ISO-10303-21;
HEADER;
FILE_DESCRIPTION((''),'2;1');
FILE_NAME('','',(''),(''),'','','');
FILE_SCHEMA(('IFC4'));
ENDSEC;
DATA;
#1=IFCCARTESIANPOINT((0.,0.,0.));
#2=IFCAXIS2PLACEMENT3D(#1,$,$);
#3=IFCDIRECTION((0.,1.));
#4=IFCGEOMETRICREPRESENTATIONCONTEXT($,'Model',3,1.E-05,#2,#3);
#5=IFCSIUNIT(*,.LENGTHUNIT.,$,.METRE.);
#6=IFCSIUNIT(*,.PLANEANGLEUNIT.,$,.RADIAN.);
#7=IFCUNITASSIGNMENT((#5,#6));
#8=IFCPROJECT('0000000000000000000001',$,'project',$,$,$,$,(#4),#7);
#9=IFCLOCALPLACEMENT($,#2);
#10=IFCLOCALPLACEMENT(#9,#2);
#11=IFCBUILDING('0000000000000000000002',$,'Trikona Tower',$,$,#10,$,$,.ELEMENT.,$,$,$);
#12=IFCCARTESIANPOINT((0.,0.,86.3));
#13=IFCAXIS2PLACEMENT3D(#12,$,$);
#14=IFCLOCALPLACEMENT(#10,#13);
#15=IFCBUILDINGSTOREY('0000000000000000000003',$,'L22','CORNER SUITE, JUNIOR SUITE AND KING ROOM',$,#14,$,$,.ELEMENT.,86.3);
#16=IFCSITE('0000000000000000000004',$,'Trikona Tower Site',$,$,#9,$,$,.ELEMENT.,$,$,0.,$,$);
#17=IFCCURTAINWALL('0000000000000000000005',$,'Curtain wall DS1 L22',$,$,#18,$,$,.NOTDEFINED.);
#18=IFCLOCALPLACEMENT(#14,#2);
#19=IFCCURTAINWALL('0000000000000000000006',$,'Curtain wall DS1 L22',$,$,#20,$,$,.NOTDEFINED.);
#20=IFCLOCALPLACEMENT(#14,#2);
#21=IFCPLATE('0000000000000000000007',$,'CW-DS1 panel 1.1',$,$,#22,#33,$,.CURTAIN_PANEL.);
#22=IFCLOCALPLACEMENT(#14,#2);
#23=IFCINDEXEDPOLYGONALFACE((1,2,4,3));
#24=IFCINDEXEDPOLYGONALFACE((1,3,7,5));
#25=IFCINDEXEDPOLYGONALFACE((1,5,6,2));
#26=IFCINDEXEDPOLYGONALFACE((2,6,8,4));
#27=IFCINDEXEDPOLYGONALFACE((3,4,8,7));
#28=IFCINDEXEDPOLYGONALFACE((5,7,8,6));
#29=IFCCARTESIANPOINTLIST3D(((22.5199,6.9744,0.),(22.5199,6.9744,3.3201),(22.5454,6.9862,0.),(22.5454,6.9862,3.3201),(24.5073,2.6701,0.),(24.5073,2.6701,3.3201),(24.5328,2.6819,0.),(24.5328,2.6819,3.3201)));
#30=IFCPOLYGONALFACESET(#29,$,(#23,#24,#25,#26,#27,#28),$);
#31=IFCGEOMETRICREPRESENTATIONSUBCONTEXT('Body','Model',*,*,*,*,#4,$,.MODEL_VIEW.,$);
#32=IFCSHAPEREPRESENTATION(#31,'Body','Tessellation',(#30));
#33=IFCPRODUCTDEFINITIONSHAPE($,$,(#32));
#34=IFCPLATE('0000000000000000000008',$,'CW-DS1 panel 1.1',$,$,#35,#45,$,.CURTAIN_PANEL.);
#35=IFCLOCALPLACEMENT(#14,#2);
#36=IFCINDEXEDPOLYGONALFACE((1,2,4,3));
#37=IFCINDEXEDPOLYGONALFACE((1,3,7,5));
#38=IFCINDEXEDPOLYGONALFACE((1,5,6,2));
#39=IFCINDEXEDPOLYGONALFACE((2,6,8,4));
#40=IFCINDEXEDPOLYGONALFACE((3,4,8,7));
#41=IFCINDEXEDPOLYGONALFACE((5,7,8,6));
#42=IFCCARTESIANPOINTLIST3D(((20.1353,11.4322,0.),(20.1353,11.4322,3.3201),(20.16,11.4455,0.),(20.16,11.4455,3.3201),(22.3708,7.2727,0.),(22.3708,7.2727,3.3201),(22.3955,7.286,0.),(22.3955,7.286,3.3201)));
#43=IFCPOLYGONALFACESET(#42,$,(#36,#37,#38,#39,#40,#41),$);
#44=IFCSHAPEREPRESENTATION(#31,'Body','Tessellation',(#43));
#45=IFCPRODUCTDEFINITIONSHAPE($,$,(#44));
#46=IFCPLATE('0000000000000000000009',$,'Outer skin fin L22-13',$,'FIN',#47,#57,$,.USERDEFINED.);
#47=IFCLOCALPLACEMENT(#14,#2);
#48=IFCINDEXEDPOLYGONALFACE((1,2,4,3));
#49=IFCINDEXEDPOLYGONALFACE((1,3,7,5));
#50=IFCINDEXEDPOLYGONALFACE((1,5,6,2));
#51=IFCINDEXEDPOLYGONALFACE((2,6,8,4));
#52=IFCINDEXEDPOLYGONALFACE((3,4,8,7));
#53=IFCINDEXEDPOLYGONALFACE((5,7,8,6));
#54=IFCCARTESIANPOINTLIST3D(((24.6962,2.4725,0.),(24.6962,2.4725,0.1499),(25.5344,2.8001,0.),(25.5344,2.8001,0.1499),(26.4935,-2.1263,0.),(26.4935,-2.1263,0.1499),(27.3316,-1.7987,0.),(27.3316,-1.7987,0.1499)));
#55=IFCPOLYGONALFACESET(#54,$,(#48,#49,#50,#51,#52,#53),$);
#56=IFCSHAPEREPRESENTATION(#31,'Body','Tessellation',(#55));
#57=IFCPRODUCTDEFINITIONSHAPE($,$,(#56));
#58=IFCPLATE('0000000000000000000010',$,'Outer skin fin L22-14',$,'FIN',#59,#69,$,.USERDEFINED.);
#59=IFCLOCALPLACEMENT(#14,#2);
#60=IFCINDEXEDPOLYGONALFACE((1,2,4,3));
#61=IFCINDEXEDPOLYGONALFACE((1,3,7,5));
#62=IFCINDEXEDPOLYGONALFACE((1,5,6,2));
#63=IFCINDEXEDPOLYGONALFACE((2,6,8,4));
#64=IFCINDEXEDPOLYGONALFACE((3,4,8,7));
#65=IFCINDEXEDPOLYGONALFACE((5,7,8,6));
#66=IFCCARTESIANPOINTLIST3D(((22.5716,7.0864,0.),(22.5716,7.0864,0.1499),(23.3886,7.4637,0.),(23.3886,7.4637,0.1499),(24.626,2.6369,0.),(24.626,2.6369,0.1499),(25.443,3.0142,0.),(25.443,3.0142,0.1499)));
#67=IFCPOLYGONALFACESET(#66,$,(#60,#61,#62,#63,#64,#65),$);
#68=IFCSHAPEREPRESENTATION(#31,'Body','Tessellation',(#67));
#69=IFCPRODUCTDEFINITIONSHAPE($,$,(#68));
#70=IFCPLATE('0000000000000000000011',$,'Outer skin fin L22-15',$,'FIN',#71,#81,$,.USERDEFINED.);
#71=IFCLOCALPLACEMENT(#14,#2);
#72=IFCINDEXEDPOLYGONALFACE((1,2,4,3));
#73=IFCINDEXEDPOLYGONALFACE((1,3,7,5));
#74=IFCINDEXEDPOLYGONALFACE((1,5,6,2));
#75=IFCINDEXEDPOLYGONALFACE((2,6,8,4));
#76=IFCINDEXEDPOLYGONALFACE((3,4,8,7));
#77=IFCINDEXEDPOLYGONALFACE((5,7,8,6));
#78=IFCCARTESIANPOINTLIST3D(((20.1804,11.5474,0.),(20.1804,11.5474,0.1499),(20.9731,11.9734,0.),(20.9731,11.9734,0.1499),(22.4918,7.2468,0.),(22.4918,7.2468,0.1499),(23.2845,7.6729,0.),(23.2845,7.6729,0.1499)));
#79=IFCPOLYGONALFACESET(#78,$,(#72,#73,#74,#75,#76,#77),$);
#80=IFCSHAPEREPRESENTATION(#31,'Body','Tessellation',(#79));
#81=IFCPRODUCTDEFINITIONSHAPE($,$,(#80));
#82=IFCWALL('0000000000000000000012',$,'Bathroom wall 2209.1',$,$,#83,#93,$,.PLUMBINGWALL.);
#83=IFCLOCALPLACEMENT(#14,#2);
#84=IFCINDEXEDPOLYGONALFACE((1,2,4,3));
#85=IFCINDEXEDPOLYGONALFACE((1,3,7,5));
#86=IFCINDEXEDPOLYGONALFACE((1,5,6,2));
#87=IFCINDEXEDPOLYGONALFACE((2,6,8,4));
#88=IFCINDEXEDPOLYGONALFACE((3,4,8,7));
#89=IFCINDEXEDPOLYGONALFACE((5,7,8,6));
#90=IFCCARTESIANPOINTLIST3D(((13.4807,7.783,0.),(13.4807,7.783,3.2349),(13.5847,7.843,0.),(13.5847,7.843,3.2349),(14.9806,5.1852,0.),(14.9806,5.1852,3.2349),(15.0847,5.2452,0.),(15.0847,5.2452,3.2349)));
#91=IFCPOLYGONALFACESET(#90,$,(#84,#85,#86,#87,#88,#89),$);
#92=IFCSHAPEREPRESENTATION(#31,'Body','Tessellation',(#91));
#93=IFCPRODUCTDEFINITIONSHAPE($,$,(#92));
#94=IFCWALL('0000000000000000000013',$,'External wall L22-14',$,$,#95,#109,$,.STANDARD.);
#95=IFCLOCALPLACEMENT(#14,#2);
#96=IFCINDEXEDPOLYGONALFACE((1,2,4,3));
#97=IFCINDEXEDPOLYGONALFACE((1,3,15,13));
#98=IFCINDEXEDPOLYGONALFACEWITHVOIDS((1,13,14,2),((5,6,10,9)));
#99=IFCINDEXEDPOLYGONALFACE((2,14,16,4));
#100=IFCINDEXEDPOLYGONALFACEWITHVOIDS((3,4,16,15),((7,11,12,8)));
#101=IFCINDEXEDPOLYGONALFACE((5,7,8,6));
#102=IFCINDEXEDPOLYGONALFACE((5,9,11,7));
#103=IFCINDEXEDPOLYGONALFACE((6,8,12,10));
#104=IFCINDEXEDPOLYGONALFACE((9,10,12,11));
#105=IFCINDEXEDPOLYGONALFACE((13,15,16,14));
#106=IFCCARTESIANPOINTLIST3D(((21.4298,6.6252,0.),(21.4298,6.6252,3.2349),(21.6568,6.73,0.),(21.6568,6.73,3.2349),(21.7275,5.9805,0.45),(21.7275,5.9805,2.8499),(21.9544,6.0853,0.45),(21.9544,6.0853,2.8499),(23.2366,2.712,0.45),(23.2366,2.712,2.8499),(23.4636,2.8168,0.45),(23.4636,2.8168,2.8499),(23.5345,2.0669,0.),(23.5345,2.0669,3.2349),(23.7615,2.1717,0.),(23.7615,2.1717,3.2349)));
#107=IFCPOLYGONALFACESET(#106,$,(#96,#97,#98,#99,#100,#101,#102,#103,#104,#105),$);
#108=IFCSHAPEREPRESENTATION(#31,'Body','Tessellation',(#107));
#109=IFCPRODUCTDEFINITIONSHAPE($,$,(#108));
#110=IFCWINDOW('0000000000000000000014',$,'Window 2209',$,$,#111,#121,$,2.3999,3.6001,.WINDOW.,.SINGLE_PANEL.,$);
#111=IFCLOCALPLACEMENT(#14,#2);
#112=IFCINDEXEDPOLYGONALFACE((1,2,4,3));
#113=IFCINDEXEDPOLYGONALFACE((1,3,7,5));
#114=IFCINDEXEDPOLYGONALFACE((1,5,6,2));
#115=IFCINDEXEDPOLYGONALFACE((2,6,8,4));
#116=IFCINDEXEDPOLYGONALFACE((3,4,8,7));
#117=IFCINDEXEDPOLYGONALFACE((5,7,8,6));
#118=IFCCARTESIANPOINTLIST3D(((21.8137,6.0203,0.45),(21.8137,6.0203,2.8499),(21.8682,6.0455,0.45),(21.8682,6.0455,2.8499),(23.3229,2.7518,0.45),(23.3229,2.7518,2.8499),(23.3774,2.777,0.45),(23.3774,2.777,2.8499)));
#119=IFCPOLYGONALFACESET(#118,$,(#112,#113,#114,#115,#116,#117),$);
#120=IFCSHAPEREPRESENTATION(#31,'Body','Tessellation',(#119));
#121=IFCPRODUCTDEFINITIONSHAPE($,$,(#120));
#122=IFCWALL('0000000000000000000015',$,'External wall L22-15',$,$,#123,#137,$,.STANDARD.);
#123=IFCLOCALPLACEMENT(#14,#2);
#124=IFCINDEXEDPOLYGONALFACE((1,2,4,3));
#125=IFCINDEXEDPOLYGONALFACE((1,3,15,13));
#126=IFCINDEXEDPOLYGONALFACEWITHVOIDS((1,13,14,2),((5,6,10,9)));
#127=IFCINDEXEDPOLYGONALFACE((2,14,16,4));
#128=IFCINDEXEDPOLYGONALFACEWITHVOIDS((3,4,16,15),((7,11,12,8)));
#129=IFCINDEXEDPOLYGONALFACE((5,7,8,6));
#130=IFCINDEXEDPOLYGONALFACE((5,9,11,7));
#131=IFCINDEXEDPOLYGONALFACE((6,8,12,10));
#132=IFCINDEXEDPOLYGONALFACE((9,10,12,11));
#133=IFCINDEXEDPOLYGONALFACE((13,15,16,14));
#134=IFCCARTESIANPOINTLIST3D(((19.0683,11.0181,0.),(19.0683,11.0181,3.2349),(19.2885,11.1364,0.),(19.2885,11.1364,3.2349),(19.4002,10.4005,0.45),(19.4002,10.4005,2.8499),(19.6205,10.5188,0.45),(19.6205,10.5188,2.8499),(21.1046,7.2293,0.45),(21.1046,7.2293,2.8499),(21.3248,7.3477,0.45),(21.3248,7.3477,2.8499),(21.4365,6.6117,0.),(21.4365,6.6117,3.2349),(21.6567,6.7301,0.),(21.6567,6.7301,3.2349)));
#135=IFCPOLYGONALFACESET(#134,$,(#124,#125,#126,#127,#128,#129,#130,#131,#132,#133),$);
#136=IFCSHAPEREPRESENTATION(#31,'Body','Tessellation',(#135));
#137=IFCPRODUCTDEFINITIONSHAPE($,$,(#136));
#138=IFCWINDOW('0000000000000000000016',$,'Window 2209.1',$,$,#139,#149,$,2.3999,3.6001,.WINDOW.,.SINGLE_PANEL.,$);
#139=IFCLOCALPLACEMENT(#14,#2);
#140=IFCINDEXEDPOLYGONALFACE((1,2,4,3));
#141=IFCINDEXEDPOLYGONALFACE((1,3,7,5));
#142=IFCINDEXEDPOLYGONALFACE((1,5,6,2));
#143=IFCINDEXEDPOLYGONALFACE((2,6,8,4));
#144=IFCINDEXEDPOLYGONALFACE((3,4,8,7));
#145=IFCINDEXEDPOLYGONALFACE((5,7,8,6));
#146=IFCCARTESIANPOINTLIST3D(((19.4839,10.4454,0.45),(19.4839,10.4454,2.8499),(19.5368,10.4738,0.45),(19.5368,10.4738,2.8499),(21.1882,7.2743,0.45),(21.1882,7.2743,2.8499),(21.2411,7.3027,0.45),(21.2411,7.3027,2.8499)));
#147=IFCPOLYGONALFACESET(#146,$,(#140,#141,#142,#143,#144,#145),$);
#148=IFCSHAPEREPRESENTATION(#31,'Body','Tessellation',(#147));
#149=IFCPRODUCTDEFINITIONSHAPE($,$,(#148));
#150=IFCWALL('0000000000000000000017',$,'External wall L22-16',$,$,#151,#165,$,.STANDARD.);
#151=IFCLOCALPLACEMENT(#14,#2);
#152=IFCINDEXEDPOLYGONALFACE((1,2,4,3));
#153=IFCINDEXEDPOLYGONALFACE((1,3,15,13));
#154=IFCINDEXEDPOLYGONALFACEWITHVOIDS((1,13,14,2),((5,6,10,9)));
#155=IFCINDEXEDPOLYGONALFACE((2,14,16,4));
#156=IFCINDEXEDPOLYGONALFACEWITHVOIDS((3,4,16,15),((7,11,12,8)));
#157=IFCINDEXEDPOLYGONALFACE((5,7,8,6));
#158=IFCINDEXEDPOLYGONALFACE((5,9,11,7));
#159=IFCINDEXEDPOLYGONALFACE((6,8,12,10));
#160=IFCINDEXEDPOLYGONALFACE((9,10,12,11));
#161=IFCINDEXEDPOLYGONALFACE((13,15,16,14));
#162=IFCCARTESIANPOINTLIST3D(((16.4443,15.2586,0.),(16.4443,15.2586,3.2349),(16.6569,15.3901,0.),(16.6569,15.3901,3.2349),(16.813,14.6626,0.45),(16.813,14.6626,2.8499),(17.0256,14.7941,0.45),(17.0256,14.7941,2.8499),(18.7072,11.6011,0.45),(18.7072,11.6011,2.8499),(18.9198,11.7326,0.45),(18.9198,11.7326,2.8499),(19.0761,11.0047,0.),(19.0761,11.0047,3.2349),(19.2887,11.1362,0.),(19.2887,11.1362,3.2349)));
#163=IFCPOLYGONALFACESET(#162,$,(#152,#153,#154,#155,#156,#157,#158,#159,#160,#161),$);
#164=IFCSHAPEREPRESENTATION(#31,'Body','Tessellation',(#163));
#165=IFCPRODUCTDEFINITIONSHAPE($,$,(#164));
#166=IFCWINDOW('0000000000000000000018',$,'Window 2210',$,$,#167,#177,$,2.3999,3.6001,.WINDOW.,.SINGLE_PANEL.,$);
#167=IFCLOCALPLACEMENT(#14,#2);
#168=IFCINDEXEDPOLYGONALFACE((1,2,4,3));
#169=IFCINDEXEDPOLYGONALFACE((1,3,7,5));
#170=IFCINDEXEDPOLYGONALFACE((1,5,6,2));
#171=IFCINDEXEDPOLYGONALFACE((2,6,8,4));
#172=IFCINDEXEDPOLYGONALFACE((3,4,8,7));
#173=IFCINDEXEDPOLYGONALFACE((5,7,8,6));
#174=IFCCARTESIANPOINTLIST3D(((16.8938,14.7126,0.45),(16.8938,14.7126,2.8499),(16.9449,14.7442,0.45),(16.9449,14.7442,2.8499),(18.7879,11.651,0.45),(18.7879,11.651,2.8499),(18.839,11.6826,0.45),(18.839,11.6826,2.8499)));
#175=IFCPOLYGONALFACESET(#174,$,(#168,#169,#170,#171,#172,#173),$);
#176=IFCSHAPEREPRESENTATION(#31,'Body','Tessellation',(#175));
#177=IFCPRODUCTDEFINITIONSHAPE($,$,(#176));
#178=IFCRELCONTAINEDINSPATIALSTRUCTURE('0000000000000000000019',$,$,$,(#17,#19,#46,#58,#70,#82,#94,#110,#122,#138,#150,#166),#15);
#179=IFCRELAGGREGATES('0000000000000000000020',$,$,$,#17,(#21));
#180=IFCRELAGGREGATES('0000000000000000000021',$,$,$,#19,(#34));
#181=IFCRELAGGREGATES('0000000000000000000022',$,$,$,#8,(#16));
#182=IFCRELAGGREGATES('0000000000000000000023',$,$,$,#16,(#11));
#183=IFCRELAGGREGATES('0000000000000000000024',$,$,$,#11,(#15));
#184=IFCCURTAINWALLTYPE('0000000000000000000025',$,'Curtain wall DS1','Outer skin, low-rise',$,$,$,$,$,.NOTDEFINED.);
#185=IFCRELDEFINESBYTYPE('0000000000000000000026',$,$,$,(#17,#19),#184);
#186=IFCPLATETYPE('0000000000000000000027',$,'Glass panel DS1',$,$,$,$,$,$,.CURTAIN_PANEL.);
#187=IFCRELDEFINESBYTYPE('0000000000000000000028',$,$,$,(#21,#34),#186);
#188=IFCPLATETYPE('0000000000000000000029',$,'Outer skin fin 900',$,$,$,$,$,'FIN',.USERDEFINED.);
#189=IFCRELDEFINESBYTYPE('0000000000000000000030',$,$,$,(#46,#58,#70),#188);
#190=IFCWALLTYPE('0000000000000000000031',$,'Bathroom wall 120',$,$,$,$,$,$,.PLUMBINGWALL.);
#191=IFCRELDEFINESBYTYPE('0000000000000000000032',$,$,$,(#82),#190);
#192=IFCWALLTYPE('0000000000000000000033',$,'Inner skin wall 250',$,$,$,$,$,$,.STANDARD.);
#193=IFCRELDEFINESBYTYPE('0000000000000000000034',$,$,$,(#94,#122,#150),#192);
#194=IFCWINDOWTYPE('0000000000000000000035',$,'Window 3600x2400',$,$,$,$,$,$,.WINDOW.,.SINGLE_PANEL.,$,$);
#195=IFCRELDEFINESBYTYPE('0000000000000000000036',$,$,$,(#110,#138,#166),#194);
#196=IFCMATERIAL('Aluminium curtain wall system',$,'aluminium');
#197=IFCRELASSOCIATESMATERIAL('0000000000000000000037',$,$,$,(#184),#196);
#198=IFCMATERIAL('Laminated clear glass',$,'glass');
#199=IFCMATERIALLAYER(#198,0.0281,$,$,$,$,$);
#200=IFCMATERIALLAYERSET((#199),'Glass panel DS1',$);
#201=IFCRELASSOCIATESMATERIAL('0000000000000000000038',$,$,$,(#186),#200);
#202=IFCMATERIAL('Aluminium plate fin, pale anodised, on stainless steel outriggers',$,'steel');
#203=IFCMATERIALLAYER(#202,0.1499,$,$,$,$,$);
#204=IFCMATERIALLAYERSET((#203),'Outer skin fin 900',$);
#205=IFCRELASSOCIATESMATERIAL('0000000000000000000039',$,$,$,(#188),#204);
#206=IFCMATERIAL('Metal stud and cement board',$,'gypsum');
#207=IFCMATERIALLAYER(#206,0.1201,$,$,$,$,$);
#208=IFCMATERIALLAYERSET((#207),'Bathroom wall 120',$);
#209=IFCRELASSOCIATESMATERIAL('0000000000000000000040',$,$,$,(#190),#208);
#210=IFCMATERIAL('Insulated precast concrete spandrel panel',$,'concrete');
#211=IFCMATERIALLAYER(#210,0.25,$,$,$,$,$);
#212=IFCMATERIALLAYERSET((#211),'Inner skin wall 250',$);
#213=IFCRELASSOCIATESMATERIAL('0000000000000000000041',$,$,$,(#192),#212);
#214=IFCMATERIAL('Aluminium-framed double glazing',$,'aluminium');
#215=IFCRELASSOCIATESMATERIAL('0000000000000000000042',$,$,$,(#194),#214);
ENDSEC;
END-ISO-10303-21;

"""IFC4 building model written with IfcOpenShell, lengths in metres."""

from ifc_helpers import new_model, si_unit, direction, frame, frame_2d, origin, origin_2d, place, context, subcontext, project, spatial, rectangle, extrude, material, layer, layer_set, type_object, element, fill, aggregate, save


model = new_model("IFC4")

# Units and contexts
model_context = context("Model", 3, precision=1e-05, world=origin(), true_north=direction((0.0, 1.0)))
body_context = subcontext(model_context, "Body", "Model", "MODEL_VIEW")
ifc_project = project(units=[si_unit("LENGTHUNIT", "METRE"), si_unit("PLANEANGLEUNIT", "RADIAN")], contexts=[model_context])

# Site, building, storey
site_placement = place(None, origin())
site = spatial("IfcSite", under=ifc_project, at=site_placement, Name="Trikona Tower Site", CompositionType="ELEMENT", RefElevation=0.0)
building_placement = place(site_placement, origin())
building = spatial("IfcBuilding", under=site, at=building_placement, Name="Trikona Tower", CompositionType="ELEMENT")
storey_placement = place(building_placement, frame((0.0, 0.0, 86.3)))
storey = spatial("IfcBuildingStorey", under=building, at=storey_placement, Name="L22", Description="CORNER SUITE, JUNIOR SUITE AND KING ROOM", CompositionType="ELEMENT", Elevation=86.3)

# Shared definitions
ifc_material_1 = material(Name="Aluminium curtain wall system", Category="aluminium")
curtain_wall_type = type_object("IfcCurtainWallType", Name="Curtain wall DS1", Description="Outer skin, low-rise", PredefinedType="NOTDEFINED", material=ifc_material_1)

# Curtain wall
curtain_wall_1_placement = place(storey_placement, origin())
curtain_wall_1 = element("IfcCurtainWall", 1, at=curtain_wall_1_placement, inside=storey, type_object=curtain_wall_type, Name="Curtain wall DS1 L22", PredefinedType="NOTDEFINED")

# Curtain wall
curtain_wall_2_placement = place(storey_placement, origin())
curtain_wall_2 = element("IfcCurtainWall", 2, at=curtain_wall_2_placement, inside=storey, type_object=curtain_wall_type, Name="Curtain wall DS1 L22", PredefinedType="NOTDEFINED")

# Plates
ifc_material_2 = material(Name="Laminated clear glass", Category="glass")
ifc_layer_1 = layer(ifc_material_2, 0.0281)
ifc_layer_set_1 = layer_set([ifc_layer_1], Name="Glass panel DS1")
plate_type_1 = type_object("IfcPlateType", Name="Glass panel DS1", PredefinedType="CURTAIN_PANEL", material=ifc_layer_set_1)
plate_1_placement = place(storey_placement, frame((23.5264, 4.8281, 0.0), z_axis=(0.0, 0.0, 1.0), x_axis=(-0.41919, 0.907898, 0.0)))
plate_1 = element("IfcPlate", 3, at=plate_1_placement, type_object=plate_type_1, Name="CW-DS1 panel 1.1", PredefinedType="CURTAIN_PANEL", context=body_context, shape_type="SweptSolid", body=[
    extrude(rectangle(XDim=4.741, YDim=0.0281, at=origin_2d()), origin(), (0.0, 0.0, 1.0), 3.3201),
])
aggregate(curtain_wall_1, [plate_1])
plate_2_placement = place(storey_placement, frame((21.2654, 9.3591, 0.0), z_axis=(0.0, 0.0, 1.0), x_axis=(-0.473408, 0.880843, 0.0)))
plate_2 = element("IfcPlate", 4, at=plate_2_placement, type_object=plate_type_1, Name="CW-DS1 panel 1.1", PredefinedType="CURTAIN_PANEL", context=body_context, shape_type="SweptSolid", body=[
    extrude(rectangle(XDim=4.7222, YDim=0.0281, at=origin_2d()), origin(), (0.0, 0.0, 1.0), 3.3201),
])
aggregate(curtain_wall_2, [plate_2])

# Plates
ifc_material_3 = material(Name="Aluminium plate fin, pale anodised, on stainless steel outriggers", Category="steel")
ifc_layer_2 = layer(ifc_material_3, 0.1499)
ifc_layer_set_2 = layer_set([ifc_layer_2], Name="Outer skin fin 900")
plate_type_2 = type_object("IfcPlateType", Name="Outer skin fin 900", ElementType="FIN", PredefinedType="USERDEFINED", material=ifc_layer_set_2)
plate_3_placement = place(storey_placement, frame((26.0139, 0.3369, 0.0), z_axis=(0.0, 0.0, 1.0), x_axis=(-0.364009, 0.931395, 0.0)))
element("IfcPlate", 5, at=plate_3_placement, inside=storey, type_object=plate_type_2, Name="Outer skin fin L22-13", ObjectType="FIN", PredefinedType="USERDEFINED", context=body_context, shape_type="SweptSolid", body=[
    extrude(rectangle(XDim=4.9375, YDim=0.8999, at=origin_2d()), origin(), (0.0, 0.0, 1.0), 0.1499),
])
plate_4_placement = place(storey_placement, frame((24.0073, 5.0503, 0.0), z_axis=(0.0, 0.0, 1.0), x_axis=(-0.419194, 0.907897, 0.0)))
element("IfcPlate", 6, at=plate_4_placement, inside=storey, type_object=plate_type_2, Name="Outer skin fin L22-14", ObjectType="FIN", PredefinedType="USERDEFINED", context=body_context, shape_type="SweptSolid", body=[
    extrude(rectangle(XDim=4.9009, YDim=0.8999, at=origin_2d()), origin(), (0.0, 0.0, 1.0), 0.1499),
])
plate_5_placement = place(storey_placement, frame((21.7324, 9.6101, 0.0), z_axis=(0.0, 0.0, 1.0), x_axis=(-0.473423, 0.880835, 0.0)))
element("IfcPlate", 7, at=plate_5_placement, inside=storey, type_object=plate_type_2, Name="Outer skin fin L22-15", ObjectType="FIN", PredefinedType="USERDEFINED", context=body_context, shape_type="SweptSolid", body=[
    extrude(rectangle(XDim=4.8823, YDim=0.8999, at=origin_2d()), origin(), (0.0, 0.0, 1.0), 0.1499),
])

# Wall
ifc_material_4 = material(Name="Metal stud and cement board", Category="gypsum")
ifc_layer_3 = layer(ifc_material_4, 0.1201)
ifc_layer_set_3 = layer_set([ifc_layer_3], Name="Bathroom wall 120")
wall_type_1 = type_object("IfcWallType", Name="Bathroom wall 120", PredefinedType="PLUMBINGWALL", material=ifc_layer_set_3)
wall_1_placement = place(storey_placement, frame((15.0327, 5.2151, 0.0), z_axis=(0.0, 0.0, 1.0), x_axis=(-0.500025, 0.866011, 0.0)))
element("IfcWall", 8, at=wall_1_placement, inside=storey, type_object=wall_type_1, Name="Bathroom wall 2209.1", PredefinedType="PLUMBINGWALL", context=body_context, shape_type="SweptSolid", body=[
    extrude(rectangle(XDim=2.9998, YDim=0.1201, at=frame_2d((1.5, 0.0))), origin(), (0.0, 0.0, 1.0), 3.2349),
])

# Walls, openings, windows
ifc_material_5 = material(Name="Insulated precast concrete spandrel panel", Category="concrete")
ifc_layer_4 = layer(ifc_material_5, 0.25)
ifc_layer_set_4 = layer_set([ifc_layer_4], Name="Inner skin wall 250")
wall_type_2 = type_object("IfcWallType", Name="Inner skin wall 250", PredefinedType="STANDARD", material=ifc_layer_set_4)
wall_2_placement = place(storey_placement, frame((23.6479, 2.1194, 0.0), z_axis=(0.0, 0.0, 1.0), x_axis=(-0.419203, 0.907892, 0.0)))
wall_2 = element("IfcWall", 9, at=wall_2_placement, inside=storey, type_object=wall_type_2, Name="External wall L22-14", PredefinedType="STANDARD", context=body_context, shape_type="SweptSolid", body=[
    extrude(rectangle(XDim=5.0208, YDim=0.25, at=frame_2d((2.5103, 0.0))), origin(), (0.0, 0.0, 1.0), 3.2349),
])
opening_1_placement = place(wall_2_placement, frame((0.7104, 0.0, 0.45)))
opening_1 = element("IfcOpeningElement", 10, at=opening_1_placement, cuts=wall_2, PredefinedType="OPENING", context=body_context, shape_type="SweptSolid", body=[
    extrude(rectangle(XDim=3.6001, YDim=2.3999, at=frame_2d((1.8, 1.2))), frame((0.0, 0.135, 0.0), z_axis=(0.0, -1.0, 0.0), x_axis=(1.0, 0.0, 0.0)), (0.0, 0.0, 1.0), 0.27),
])
ifc_material_6 = material(Name="Aluminium-framed double glazing", Category="aluminium")
window_type = type_object("IfcWindowType", Name="Window 3600x2400", PartitioningType="SINGLE_PANEL", PredefinedType="WINDOW", material=ifc_material_6)
window_1_placement = place(opening_1_placement, origin())
window_1 = element("IfcWindow", 11, at=window_1_placement, inside=storey, type_object=window_type, Name="Window 2209", OverallHeight=2.3999, OverallWidth=3.6001, PartitioningType="SINGLE_PANEL", PredefinedType="WINDOW", context=body_context, shape_type="SweptSolid", body=[
    extrude(rectangle(XDim=3.6001, YDim=2.3999, at=frame_2d((1.8, 1.2))), frame((0.0, 0.03, 0.0), z_axis=(0.0, -1.0, 0.0), x_axis=(1.0, 0.0, 0.0)), (0.0, 0.0, 1.0), 0.0601),
])
fill(opening_1, window_1)
wall_3_placement = place(storey_placement, frame((21.5466, 6.6709, 0.0), z_axis=(0.0, 0.0, 1.0), x_axis=(-0.473413, 0.880841, 0.0)))
wall_3 = element("IfcWall", 12, at=wall_3_placement, inside=storey, type_object=wall_type_2, Name="External wall L22-15", PredefinedType="STANDARD", context=body_context, shape_type="SweptSolid", body=[
    extrude(rectangle(XDim=5.0024, YDim=0.25, at=frame_2d((2.5012, 0.0))), origin(), (0.0, 0.0, 1.0), 3.2349),
])
opening_2_placement = place(wall_3_placement, frame((0.7012, 0.0, 0.45)))
opening_2 = element("IfcOpeningElement", 13, at=opening_2_placement, cuts=wall_3, PredefinedType="OPENING", context=body_context, shape_type="SweptSolid", body=[
    extrude(rectangle(XDim=3.6001, YDim=2.3999, at=frame_2d((1.8, 1.2))), frame((0.0, 0.135, 0.0), z_axis=(0.0, -1.0, 0.0), x_axis=(1.0, 0.0, 0.0)), (0.0, 0.0, 1.0), 0.27),
])
window_2_placement = place(opening_2_placement, origin())
window_2 = element("IfcWindow", 14, at=window_2_placement, inside=storey, type_object=window_type, Name="Window 2209.1", OverallHeight=2.3999, OverallWidth=3.6001, PartitioningType="SINGLE_PANEL", PredefinedType="WINDOW", context=body_context, shape_type="SweptSolid", body=[
    extrude(rectangle(XDim=3.6001, YDim=2.3999, at=frame_2d((1.8, 1.2))), frame((0.0, 0.03, 0.0), z_axis=(0.0, -1.0, 0.0), x_axis=(1.0, 0.0, 0.0)), (0.0, 0.0, 1.0), 0.0601),
])
fill(opening_2, window_2)
wall_4_placement = place(storey_placement, frame((19.1824, 11.0706, 0.0), z_axis=(0.0, 0.0, 1.0), x_axis=(-0.526133, 0.850402, 0.0)))
wall_4 = element("IfcWall", 15, at=wall_4_placement, inside=storey, type_object=wall_type_2, Name="External wall L22-16", PredefinedType="STANDARD", context=body_context, shape_type="SweptSolid", body=[
    extrude(rectangle(XDim=5.0022, YDim=0.25, at=frame_2d((2.501, 0.0))), origin(), (0.0, 0.0, 1.0), 3.2349),
])
opening_3_placement = place(wall_4_placement, frame((0.7012, 0.0, 0.45)))
opening_3 = element("IfcOpeningElement", 16, at=opening_3_placement, cuts=wall_4, PredefinedType="OPENING", context=body_context, shape_type="SweptSolid", body=[
    extrude(rectangle(XDim=3.6001, YDim=2.3999, at=frame_2d((1.8, 1.2))), frame((0.0, 0.135, 0.0), z_axis=(0.0, -1.0, 0.0), x_axis=(1.0, 0.0, 0.0)), (0.0, 0.0, 1.0), 0.27),
])
window_3_placement = place(opening_3_placement, origin())
window_3 = element("IfcWindow", 17, at=window_3_placement, inside=storey, type_object=window_type, Name="Window 2210", OverallHeight=2.3999, OverallWidth=3.6001, PartitioningType="SINGLE_PANEL", PredefinedType="WINDOW", context=body_context, shape_type="SweptSolid", body=[
    extrude(rectangle(XDim=3.6001, YDim=2.3999, at=frame_2d((1.8, 1.2))), frame((0.0, 0.03, 0.0), z_axis=(0.0, -1.0, 0.0), x_axis=(1.0, 0.0, 0.0)), (0.0, 0.0, 1.0), 0.0601),
])
fill(opening_3, window_3)

save(model, "model.ifc")
